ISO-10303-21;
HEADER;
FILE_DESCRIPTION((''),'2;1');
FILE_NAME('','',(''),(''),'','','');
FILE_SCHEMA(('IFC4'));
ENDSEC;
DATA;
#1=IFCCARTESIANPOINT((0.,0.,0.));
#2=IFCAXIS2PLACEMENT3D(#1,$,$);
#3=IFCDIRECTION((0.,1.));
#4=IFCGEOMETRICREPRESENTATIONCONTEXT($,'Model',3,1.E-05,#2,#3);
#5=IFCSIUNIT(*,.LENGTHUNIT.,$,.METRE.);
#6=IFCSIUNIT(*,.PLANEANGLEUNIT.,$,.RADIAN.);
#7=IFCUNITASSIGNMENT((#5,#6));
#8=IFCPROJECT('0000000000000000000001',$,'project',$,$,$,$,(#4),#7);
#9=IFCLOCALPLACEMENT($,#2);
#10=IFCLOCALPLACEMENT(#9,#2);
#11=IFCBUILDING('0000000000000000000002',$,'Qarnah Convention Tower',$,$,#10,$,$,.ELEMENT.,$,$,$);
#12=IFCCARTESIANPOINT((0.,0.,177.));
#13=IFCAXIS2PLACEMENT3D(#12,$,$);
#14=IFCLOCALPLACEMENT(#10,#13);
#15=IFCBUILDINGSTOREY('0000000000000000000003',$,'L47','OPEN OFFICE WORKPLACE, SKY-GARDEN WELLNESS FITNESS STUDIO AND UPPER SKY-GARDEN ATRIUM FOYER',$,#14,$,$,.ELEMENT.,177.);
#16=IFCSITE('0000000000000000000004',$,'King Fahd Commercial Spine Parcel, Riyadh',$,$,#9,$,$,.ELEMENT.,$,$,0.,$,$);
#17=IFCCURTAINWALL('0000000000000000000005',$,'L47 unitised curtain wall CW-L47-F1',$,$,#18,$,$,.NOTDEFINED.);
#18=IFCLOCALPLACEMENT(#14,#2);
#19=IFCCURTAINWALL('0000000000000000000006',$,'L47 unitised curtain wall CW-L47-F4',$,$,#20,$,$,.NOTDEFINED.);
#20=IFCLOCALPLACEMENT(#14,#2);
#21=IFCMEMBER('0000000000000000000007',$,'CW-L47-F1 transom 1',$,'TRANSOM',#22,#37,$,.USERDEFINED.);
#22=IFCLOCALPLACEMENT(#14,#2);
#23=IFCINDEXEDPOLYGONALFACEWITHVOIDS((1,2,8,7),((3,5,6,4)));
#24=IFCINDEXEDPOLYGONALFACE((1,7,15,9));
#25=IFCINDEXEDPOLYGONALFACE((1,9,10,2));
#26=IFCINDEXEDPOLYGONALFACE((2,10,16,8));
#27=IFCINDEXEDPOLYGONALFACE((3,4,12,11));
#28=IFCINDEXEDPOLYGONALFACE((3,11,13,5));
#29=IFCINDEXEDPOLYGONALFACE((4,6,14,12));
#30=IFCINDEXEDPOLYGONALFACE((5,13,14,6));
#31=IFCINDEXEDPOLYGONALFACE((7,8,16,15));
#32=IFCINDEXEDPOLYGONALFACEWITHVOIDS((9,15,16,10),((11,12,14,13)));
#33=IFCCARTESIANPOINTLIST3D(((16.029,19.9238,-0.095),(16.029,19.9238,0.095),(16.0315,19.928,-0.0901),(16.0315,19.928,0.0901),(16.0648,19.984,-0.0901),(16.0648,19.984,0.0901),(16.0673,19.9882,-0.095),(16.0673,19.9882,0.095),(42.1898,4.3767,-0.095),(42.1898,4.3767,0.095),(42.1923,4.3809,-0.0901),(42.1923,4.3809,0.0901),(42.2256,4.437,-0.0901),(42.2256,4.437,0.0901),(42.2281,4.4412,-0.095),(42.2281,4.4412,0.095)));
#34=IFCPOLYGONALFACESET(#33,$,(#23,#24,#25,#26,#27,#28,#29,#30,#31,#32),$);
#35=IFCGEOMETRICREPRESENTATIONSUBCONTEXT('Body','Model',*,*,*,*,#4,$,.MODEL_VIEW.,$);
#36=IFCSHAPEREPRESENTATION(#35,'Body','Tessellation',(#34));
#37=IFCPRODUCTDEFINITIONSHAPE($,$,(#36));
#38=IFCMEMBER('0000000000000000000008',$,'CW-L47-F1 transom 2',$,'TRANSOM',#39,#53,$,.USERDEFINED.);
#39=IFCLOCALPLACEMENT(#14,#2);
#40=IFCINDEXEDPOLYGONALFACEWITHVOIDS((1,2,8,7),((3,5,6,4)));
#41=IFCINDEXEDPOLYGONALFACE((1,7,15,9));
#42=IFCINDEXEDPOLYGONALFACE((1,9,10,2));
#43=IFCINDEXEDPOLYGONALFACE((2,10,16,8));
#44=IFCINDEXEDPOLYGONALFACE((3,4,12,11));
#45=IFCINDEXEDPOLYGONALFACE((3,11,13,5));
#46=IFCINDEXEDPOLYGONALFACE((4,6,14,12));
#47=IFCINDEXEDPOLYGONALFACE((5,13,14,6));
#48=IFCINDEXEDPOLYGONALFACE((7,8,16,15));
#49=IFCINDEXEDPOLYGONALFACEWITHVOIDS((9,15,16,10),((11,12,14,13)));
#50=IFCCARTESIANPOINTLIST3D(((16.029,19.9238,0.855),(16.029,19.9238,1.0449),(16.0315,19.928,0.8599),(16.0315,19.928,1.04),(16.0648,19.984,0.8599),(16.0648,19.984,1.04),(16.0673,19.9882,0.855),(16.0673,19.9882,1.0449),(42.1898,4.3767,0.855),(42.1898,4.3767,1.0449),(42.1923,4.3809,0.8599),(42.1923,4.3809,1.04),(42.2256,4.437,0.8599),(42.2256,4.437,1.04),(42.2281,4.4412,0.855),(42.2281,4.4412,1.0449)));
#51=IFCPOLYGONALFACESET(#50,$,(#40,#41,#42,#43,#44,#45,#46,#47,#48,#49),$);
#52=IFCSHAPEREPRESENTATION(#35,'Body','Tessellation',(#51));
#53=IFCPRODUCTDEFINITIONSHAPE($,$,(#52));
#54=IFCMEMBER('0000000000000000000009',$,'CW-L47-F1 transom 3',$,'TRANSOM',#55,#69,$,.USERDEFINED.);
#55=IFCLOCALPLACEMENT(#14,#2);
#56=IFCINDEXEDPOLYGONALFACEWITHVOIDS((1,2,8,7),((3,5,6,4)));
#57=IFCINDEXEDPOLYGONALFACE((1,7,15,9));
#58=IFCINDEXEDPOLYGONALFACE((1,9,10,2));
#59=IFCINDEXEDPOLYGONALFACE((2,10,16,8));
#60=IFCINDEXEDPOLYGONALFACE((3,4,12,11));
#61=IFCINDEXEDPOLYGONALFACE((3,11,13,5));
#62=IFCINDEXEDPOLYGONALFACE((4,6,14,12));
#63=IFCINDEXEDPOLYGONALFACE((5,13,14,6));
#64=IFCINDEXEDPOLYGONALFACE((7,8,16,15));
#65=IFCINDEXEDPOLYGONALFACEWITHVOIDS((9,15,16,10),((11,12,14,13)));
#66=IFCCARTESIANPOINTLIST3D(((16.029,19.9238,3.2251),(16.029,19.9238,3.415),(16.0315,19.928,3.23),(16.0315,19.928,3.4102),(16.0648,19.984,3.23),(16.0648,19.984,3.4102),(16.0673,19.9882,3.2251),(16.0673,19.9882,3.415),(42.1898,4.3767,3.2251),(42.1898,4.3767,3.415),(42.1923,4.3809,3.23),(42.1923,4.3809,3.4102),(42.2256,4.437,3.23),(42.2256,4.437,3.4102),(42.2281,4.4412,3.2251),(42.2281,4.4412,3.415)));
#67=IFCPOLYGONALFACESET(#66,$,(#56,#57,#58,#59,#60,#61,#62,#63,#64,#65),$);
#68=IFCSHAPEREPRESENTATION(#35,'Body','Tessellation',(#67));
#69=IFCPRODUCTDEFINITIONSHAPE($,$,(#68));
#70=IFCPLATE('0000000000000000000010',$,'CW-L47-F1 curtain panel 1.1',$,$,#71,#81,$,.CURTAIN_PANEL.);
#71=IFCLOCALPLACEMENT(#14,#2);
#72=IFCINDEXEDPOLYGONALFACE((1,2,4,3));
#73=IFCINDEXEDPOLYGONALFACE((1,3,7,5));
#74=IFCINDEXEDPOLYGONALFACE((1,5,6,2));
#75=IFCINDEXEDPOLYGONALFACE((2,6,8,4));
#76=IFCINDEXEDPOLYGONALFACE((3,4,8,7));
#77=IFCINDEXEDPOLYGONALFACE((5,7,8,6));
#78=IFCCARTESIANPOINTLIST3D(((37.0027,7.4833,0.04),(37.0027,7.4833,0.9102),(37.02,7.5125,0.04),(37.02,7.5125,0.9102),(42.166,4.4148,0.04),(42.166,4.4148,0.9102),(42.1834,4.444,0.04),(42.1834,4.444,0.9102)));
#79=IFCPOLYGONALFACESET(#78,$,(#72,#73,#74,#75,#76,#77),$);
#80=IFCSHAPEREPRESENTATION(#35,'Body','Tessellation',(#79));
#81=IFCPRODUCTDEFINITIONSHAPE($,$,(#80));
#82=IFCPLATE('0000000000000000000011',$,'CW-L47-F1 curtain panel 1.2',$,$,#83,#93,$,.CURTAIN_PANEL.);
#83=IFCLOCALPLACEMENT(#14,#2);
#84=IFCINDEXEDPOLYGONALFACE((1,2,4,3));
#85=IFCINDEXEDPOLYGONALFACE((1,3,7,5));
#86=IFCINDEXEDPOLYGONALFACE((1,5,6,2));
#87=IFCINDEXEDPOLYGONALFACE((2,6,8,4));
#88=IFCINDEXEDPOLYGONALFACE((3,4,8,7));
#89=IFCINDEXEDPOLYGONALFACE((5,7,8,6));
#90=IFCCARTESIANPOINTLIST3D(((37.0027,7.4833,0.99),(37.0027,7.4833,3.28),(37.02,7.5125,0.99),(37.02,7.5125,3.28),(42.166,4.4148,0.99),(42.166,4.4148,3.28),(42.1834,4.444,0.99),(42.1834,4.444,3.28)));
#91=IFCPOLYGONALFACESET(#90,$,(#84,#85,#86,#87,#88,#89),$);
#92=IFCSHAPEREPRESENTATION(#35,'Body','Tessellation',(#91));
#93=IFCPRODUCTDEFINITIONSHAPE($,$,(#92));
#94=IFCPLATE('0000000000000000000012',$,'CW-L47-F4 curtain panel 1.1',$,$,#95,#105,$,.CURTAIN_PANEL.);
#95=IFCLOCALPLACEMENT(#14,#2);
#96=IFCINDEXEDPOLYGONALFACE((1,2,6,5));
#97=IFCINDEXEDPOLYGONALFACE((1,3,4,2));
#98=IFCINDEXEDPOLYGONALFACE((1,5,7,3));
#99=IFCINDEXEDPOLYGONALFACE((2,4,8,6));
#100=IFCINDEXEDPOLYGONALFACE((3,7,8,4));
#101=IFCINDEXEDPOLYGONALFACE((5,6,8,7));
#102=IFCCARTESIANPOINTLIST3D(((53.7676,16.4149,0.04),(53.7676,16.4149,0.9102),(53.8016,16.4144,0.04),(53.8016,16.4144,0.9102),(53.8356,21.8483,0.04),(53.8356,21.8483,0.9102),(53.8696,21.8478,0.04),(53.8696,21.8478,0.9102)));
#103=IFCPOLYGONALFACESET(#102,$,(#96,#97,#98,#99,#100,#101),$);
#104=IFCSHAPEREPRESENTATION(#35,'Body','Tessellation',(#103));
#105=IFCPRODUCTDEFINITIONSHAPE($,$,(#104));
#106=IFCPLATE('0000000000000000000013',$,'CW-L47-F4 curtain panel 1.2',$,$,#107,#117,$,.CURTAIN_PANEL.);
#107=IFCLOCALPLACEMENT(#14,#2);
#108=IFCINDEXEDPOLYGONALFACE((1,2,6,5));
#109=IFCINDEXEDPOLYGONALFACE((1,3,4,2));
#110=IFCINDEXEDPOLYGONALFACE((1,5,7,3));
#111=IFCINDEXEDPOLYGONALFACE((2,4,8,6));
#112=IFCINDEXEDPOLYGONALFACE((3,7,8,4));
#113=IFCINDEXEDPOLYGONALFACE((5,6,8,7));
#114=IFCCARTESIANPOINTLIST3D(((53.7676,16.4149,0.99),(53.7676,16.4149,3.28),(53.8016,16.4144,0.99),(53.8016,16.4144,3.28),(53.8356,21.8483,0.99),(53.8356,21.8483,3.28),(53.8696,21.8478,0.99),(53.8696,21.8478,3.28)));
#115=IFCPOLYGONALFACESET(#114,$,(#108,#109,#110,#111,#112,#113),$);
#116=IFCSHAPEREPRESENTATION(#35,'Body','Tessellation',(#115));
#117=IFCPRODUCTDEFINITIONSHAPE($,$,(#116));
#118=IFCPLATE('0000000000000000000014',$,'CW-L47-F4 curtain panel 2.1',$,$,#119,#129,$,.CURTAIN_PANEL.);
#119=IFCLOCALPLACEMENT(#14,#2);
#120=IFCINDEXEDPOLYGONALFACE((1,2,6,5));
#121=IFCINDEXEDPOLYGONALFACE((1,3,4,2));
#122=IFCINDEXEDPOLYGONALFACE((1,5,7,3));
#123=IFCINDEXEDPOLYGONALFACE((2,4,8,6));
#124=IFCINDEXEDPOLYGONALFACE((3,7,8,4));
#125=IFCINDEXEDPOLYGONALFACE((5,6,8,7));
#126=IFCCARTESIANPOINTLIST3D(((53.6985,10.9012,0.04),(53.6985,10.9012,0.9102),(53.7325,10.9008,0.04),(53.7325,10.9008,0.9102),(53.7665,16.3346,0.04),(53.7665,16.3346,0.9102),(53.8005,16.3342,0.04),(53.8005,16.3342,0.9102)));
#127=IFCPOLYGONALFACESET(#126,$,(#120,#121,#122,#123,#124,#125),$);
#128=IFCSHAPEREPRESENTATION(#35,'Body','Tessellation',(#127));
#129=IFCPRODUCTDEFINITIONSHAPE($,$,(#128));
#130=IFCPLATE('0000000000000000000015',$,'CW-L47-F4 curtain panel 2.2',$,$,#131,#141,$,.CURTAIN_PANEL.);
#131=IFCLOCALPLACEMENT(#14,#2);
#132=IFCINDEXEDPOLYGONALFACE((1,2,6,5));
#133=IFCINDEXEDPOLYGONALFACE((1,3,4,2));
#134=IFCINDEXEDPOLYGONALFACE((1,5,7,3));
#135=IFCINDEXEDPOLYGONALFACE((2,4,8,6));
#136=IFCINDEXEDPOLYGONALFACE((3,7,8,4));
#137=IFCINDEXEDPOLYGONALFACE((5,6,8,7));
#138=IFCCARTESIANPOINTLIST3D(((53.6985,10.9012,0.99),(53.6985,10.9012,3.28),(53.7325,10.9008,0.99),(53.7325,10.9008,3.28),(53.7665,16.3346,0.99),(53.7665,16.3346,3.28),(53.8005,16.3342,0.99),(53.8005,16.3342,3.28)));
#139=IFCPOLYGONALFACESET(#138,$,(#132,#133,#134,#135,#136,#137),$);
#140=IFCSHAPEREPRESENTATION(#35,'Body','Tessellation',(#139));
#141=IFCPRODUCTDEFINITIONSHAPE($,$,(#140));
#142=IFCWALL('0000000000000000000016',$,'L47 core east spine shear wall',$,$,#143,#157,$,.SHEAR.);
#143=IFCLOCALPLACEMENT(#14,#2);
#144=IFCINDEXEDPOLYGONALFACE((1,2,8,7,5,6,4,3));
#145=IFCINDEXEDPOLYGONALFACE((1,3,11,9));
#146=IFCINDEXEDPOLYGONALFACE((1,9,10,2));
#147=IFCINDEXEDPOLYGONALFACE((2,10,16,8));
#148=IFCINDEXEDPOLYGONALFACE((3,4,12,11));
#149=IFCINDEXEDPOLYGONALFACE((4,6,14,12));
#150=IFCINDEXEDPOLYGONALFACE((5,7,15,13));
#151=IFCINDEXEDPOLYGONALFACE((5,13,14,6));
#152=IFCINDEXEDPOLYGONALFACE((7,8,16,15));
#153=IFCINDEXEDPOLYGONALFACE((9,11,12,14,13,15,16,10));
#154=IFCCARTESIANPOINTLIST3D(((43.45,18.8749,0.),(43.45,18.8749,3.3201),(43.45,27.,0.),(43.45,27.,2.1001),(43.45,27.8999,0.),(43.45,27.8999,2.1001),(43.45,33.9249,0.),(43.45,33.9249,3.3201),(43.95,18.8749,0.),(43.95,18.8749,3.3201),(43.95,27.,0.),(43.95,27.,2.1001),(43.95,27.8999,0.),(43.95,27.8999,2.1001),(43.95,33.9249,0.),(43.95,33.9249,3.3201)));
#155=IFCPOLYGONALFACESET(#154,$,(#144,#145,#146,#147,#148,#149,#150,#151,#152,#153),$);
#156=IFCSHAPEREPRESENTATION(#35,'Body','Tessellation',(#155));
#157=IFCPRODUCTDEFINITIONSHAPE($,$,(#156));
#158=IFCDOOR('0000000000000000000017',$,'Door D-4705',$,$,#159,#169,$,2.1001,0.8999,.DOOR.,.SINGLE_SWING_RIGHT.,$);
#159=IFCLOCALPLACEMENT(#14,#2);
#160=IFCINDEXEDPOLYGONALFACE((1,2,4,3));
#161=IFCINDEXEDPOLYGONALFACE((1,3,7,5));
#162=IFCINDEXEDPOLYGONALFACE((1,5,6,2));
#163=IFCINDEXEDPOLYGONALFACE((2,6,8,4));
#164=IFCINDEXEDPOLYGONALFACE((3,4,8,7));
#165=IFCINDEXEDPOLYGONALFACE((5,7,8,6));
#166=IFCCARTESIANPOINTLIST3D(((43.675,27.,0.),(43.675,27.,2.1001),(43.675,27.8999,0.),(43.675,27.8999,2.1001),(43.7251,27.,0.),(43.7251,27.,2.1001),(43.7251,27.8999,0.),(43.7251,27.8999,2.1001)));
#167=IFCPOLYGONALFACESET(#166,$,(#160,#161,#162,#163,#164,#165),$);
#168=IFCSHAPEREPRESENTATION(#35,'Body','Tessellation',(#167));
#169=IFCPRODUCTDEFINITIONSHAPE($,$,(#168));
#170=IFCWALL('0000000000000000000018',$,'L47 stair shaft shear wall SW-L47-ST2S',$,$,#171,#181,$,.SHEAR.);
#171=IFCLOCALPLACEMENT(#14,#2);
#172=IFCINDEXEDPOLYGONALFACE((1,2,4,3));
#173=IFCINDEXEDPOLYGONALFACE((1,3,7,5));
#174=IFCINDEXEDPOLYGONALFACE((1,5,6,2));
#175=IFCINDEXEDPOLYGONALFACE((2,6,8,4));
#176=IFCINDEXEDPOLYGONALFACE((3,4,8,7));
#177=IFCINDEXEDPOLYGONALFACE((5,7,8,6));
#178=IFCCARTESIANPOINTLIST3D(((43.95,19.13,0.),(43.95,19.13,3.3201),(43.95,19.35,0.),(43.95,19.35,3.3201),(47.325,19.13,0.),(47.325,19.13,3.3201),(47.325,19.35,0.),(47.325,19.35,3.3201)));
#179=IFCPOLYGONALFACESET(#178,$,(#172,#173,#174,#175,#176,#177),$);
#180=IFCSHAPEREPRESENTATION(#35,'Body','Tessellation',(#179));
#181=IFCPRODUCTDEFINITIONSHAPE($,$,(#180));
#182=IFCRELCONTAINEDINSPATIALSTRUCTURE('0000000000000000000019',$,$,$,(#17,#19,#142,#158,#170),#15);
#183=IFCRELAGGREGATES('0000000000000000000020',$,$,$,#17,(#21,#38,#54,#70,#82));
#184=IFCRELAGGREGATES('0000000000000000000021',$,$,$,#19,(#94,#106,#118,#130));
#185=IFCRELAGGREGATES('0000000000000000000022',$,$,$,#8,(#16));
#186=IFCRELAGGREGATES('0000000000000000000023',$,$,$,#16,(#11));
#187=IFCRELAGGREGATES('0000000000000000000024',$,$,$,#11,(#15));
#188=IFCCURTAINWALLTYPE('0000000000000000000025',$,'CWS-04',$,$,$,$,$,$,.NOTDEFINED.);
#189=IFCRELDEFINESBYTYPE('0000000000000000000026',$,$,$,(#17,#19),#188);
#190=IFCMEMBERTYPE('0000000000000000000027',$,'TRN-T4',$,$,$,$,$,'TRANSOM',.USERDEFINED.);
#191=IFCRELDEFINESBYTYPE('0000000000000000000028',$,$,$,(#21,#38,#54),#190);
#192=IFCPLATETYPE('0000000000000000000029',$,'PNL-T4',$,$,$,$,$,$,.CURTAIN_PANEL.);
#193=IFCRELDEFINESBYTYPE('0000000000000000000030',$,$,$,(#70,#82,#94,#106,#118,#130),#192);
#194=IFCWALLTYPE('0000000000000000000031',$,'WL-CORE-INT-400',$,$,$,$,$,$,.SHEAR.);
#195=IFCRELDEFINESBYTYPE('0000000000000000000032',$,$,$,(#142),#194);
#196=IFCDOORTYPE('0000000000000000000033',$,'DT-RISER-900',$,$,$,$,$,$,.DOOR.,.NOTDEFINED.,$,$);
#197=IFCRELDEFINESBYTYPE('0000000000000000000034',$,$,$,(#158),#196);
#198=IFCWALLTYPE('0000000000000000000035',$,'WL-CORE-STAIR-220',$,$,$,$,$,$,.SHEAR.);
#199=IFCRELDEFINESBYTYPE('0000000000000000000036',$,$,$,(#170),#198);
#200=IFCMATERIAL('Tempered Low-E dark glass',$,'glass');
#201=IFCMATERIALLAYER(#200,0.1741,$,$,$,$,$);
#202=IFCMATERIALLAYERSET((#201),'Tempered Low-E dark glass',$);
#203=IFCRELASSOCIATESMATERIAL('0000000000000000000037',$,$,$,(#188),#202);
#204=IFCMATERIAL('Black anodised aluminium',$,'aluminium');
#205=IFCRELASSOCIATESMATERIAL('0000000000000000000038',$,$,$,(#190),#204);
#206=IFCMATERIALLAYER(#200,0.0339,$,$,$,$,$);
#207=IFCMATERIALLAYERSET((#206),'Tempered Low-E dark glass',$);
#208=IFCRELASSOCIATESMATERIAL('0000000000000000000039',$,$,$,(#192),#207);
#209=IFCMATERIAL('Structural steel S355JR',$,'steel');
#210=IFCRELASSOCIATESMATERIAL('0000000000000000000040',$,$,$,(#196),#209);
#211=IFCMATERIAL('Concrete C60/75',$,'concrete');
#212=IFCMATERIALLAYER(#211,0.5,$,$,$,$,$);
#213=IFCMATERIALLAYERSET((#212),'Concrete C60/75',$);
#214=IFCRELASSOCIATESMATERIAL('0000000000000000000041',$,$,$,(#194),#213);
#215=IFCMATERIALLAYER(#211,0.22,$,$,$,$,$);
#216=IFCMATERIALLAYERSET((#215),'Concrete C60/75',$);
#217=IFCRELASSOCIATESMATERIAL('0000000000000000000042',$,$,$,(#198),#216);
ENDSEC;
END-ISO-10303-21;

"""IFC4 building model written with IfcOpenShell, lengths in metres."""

from ifc_helpers import new_model, si_unit, direction, frame, frame_2d, origin, origin_2d, place, context, subcontext, project, spatial, rectangle, hollow_rectangle, extrude, material, layer, layer_set, material_profile, profile_set, type_object, element, fill, aggregate, save


model = new_model("IFC4")

# Units and contexts
model_context = context("Model", 3, precision=1e-05, world=origin(), true_north=direction((0.0, 1.0)))
body_context = subcontext(model_context, "Body", "Model", "MODEL_VIEW")
ifc_project = project(units=[si_unit("LENGTHUNIT", "METRE"), si_unit("PLANEANGLEUNIT", "RADIAN")], contexts=[model_context])

# Site, building, storey
site_placement = place(None, origin())
site = spatial("IfcSite", under=ifc_project, at=site_placement, Name="King Fahd Commercial Spine Parcel, Riyadh", CompositionType="ELEMENT", RefElevation=0.0)
building_placement = place(site_placement, origin())
building = spatial("IfcBuilding", under=site, at=building_placement, Name="Qarnah Convention Tower", CompositionType="ELEMENT")
storey_placement = place(building_placement, frame((0.0, 0.0, 177.0)))
storey = spatial("IfcBuildingStorey", under=building, at=storey_placement, Name="L47", Description="OPEN OFFICE WORKPLACE, SKY-GARDEN WELLNESS FITNESS STUDIO AND UPPER SKY-GARDEN ATRIUM FOYER", CompositionType="ELEMENT", Elevation=177.0)

# Shared definitions
ifc_material_1 = material(Name="Structural steel S355JR", Category="steel")

# Curtain wall
ifc_material_2 = material(Name="Tempered Low-E dark glass", Category="glass")
ifc_layer_1 = layer(ifc_material_2, 0.1741)
ifc_layer_set_1 = layer_set([ifc_layer_1], Name="Tempered Low-E dark glass")
curtain_wall_type = type_object("IfcCurtainWallType", Name="CWS-04", PredefinedType="NOTDEFINED", material=ifc_layer_set_1)
curtain_wall_1_placement = place(storey_placement, origin())
curtain_wall_1 = element("IfcCurtainWall", 1, at=curtain_wall_1_placement, inside=storey, type_object=curtain_wall_type, Name="L47 unitised curtain wall CW-L47-F1", PredefinedType="NOTDEFINED")
ifc_material_3 = material(Name="Black anodised aluminium", Category="aluminium")

# Curtain wall
curtain_wall_2_placement = place(storey_placement, origin())
curtain_wall_2 = element("IfcCurtainWall", 2, at=curtain_wall_2_placement, inside=storey, type_object=curtain_wall_type, Name="L47 unitised curtain wall CW-L47-F4", PredefinedType="NOTDEFINED")

# Members
ifc_material_profile_1 = material_profile(ifc_material_3, hollow_rectangle(XDim=0.075, YDim=0.1899, WallThickness=0.0049, at=origin_2d()), Name="TRN-75X190")
ifc_profile_set_1 = profile_set([ifc_material_profile_1], Name="Black anodised aluminium")
member_type_1 = type_object("IfcMemberType", Name="TRN-T4", ElementType="TRANSOM", PredefinedType="USERDEFINED", material=ifc_profile_set_1)
member_1_placement = place(storey_placement, frame((42.209, 4.4089, 0.0), z_axis=(-0.859651, 0.510881, 0.0), x_axis=(-0.510881, -0.859651, 0.0)))
member_1 = element("IfcMember", 3, at=member_1_placement, type_object=member_type_1, Name="CW-L47-F1 transom 1", ObjectType="TRANSOM", PredefinedType="USERDEFINED", context=body_context, shape_type="SweptSolid", body=[
    extrude(hollow_rectangle(XDim=0.075, YDim=0.1899, WallThickness=0.0049, at=origin_2d()), origin(), (0.0, 0.0, 1.0), 30.4319),
])
member_2_placement = place(storey_placement, frame((42.209, 4.4089, 0.95), z_axis=(-0.859651, 0.510881, 0.0), x_axis=(-0.510881, -0.859651, 0.0)))
member_2 = element("IfcMember", 4, at=member_2_placement, type_object=member_type_1, Name="CW-L47-F1 transom 2", ObjectType="TRANSOM", PredefinedType="USERDEFINED", context=body_context, shape_type="SweptSolid", body=[
    extrude(hollow_rectangle(XDim=0.075, YDim=0.1899, WallThickness=0.0049, at=origin_2d()), origin(), (0.0, 0.0, 1.0), 30.4319),
])
member_3_placement = place(storey_placement, frame((42.209, 4.4089, 3.3201), z_axis=(-0.859651, 0.510881, 0.0), x_axis=(-0.510881, -0.859651, 0.0)))
member_3 = element("IfcMember", 5, at=member_3_placement, type_object=member_type_1, Name="CW-L47-F1 transom 3", ObjectType="TRANSOM", PredefinedType="USERDEFINED", context=body_context, shape_type="SweptSolid", body=[
    extrude(hollow_rectangle(XDim=0.075, YDim=0.1899, WallThickness=0.0049, at=origin_2d()), origin(), (0.0, 0.0, 1.0), 30.4319),
])

# Plates
ifc_layer_2 = layer(ifc_material_2, 0.0339)
ifc_layer_set_2 = layer_set([ifc_layer_2], Name="Tempered Low-E dark glass")
plate_type = type_object("IfcPlateType", Name="PNL-T4", PredefinedType="CURTAIN_PANEL", material=ifc_layer_set_2)
plate_1_placement = place(storey_placement, frame((39.593, 5.9636, 0.04), z_axis=(0.0, 0.0, 1.0), x_axis=(-0.859654, 0.510877, 0.0)))
plate_1 = element("IfcPlate", 6, at=plate_1_placement, type_object=plate_type, Name="CW-L47-F1 curtain panel 1.1", PredefinedType="CURTAIN_PANEL", context=body_context, shape_type="SweptSolid", body=[
    extrude(rectangle(XDim=6.0063, YDim=0.0339, at=origin_2d()), origin(), (0.0, 0.0, 1.0), 0.8701),
])
plate_2_placement = place(storey_placement, frame((39.593, 5.9636, 0.99), z_axis=(0.0, 0.0, 1.0), x_axis=(-0.859654, 0.510877, 0.0)))
plate_2 = element("IfcPlate", 7, at=plate_2_placement, type_object=plate_type, Name="CW-L47-F1 curtain panel 1.2", PredefinedType="CURTAIN_PANEL", context=body_context, shape_type="SweptSolid", body=[
    extrude(rectangle(XDim=6.0063, YDim=0.0339, at=origin_2d()), origin(), (0.0, 0.0, 1.0), 2.29),
])
aggregate(curtain_wall_1, [member_1, member_2, member_3, plate_1, plate_2])
plate_3_placement = place(storey_placement, frame((53.8186, 19.1313, 0.04), z_axis=(0.0, 0.0, 1.0), x_axis=(-0.012514, -0.999922, 0.0)))
plate_3 = element("IfcPlate", 8, at=plate_3_placement, type_object=plate_type, Name="CW-L47-F4 curtain panel 1.1", PredefinedType="CURTAIN_PANEL", context=body_context, shape_type="SweptSolid", body=[
    extrude(rectangle(XDim=5.4338, YDim=0.0339, at=origin_2d()), origin(), (0.0, 0.0, 1.0), 0.8701),
])
plate_4_placement = place(storey_placement, frame((53.8186, 19.1313, 0.99), z_axis=(0.0, 0.0, 1.0), x_axis=(-0.012514, -0.999922, 0.0)))
plate_4 = element("IfcPlate", 9, at=plate_4_placement, type_object=plate_type, Name="CW-L47-F4 curtain panel 1.2", PredefinedType="CURTAIN_PANEL", context=body_context, shape_type="SweptSolid", body=[
    extrude(rectangle(XDim=5.4338, YDim=0.0339, at=origin_2d()), origin(), (0.0, 0.0, 1.0), 2.29),
])
plate_5_placement = place(storey_placement, frame((53.7495, 13.6177, 0.04), z_axis=(0.0, 0.0, 1.0), x_axis=(-0.012514, -0.999922, 0.0)))
plate_5 = element("IfcPlate", 10, at=plate_5_placement, type_object=plate_type, Name="CW-L47-F4 curtain panel 2.1", PredefinedType="CURTAIN_PANEL", context=body_context, shape_type="SweptSolid", body=[
    extrude(rectangle(XDim=5.4338, YDim=0.0339, at=origin_2d()), origin(), (0.0, 0.0, 1.0), 0.8701),
])
plate_6_placement = place(storey_placement, frame((53.7495, 13.6177, 0.99), z_axis=(0.0, 0.0, 1.0), x_axis=(-0.012514, -0.999922, 0.0)))
plate_6 = element("IfcPlate", 11, at=plate_6_placement, type_object=plate_type, Name="CW-L47-F4 curtain panel 2.2", PredefinedType="CURTAIN_PANEL", context=body_context, shape_type="SweptSolid", body=[
    extrude(rectangle(XDim=5.4338, YDim=0.0339, at=origin_2d()), origin(), (0.0, 0.0, 1.0), 2.29),
])
aggregate(curtain_wall_2, [plate_3, plate_4, plate_5, plate_6])

# Shared definitions
ifc_material_4 = material(Name="Concrete C60/75", Category="concrete")
door_type_1 = type_object("IfcDoorType", Name="DT-RISER-900", OperationType="NOTDEFINED", PredefinedType="DOOR", material=ifc_material_1)

# Wall, opening, door
ifc_layer_3 = layer(ifc_material_4, 0.5)
ifc_layer_set_3 = layer_set([ifc_layer_3], Name="Concrete C60/75")
wall_type_1 = type_object("IfcWallType", Name="WL-CORE-INT-400", PredefinedType="SHEAR", material=ifc_layer_set_3)
wall_1_placement = place(storey_placement, frame((43.7, 18.875, 0.0), z_axis=(0.0, 0.0, 1.0), x_axis=(0.0, 1.0, 0.0)))
wall_1 = element("IfcWall", 12, at=wall_1_placement, inside=storey, type_object=wall_type_1, Name="L47 core east spine shear wall", PredefinedType="SHEAR", context=body_context, shape_type="SweptSolid", body=[
    extrude(rectangle(XDim=15.05, YDim=0.5, at=frame_2d((7.5249, 0.0))), origin(), (0.0, 0.0, 1.0), 3.3201),
])
opening_1_placement = place(wall_1_placement, frame((8.125, 0.0, 0.0)))
opening_1 = element("IfcOpeningElement", 13, at=opening_1_placement, cuts=wall_1, PredefinedType="OPENING", context=body_context, shape_type="SweptSolid", body=[
    extrude(rectangle(XDim=0.8999, YDim=2.1001, at=frame_2d((0.45, 1.05))), frame((0.0, 0.26, 0.0), z_axis=(0.0, -1.0, 0.0), x_axis=(1.0, 0.0, 0.0)), (0.0, 0.0, 1.0), 0.52),
])
door_1_placement = place(opening_1_placement, origin())
door_1 = element("IfcDoor", 14, at=door_1_placement, inside=storey, type_object=door_type_1, Name="Door D-4705", OperationType="SINGLE_SWING_RIGHT", OverallHeight=2.1001, OverallWidth=0.8999, PredefinedType="DOOR", context=body_context, shape_type="SweptSolid", body=[
    extrude(rectangle(XDim=0.8999, YDim=2.1001, at=frame_2d((0.45, 1.05))), frame((0.0, 0.0249, 0.0), z_axis=(0.0, -1.0, 0.0), x_axis=(1.0, 0.0, 0.0)), (0.0, 0.0, 1.0), 0.05),
])
fill(opening_1, door_1)

# Wall
ifc_layer_4 = layer(ifc_material_4, 0.22)
ifc_layer_set_4 = layer_set([ifc_layer_4], Name="Concrete C60/75")
wall_type_2 = type_object("IfcWallType", Name="WL-CORE-STAIR-220", PredefinedType="SHEAR", material=ifc_layer_set_4)
wall_2_placement = place(storey_placement, frame((43.95, 19.24, 0.0), z_axis=(0.0, 0.0, 1.0), x_axis=(1.0, 0.0, 0.0)))
element("IfcWall", 15, at=wall_2_placement, inside=storey, type_object=wall_type_2, Name="L47 stair shaft shear wall SW-L47-ST2S", PredefinedType="SHEAR", context=body_context, shape_type="SweptSolid", body=[
    extrude(rectangle(XDim=3.375, YDim=0.22, at=frame_2d((1.6875, 0.0))), origin(), (0.0, 0.0, 1.0), 3.3201),
])

save(model, "model.ifc")
